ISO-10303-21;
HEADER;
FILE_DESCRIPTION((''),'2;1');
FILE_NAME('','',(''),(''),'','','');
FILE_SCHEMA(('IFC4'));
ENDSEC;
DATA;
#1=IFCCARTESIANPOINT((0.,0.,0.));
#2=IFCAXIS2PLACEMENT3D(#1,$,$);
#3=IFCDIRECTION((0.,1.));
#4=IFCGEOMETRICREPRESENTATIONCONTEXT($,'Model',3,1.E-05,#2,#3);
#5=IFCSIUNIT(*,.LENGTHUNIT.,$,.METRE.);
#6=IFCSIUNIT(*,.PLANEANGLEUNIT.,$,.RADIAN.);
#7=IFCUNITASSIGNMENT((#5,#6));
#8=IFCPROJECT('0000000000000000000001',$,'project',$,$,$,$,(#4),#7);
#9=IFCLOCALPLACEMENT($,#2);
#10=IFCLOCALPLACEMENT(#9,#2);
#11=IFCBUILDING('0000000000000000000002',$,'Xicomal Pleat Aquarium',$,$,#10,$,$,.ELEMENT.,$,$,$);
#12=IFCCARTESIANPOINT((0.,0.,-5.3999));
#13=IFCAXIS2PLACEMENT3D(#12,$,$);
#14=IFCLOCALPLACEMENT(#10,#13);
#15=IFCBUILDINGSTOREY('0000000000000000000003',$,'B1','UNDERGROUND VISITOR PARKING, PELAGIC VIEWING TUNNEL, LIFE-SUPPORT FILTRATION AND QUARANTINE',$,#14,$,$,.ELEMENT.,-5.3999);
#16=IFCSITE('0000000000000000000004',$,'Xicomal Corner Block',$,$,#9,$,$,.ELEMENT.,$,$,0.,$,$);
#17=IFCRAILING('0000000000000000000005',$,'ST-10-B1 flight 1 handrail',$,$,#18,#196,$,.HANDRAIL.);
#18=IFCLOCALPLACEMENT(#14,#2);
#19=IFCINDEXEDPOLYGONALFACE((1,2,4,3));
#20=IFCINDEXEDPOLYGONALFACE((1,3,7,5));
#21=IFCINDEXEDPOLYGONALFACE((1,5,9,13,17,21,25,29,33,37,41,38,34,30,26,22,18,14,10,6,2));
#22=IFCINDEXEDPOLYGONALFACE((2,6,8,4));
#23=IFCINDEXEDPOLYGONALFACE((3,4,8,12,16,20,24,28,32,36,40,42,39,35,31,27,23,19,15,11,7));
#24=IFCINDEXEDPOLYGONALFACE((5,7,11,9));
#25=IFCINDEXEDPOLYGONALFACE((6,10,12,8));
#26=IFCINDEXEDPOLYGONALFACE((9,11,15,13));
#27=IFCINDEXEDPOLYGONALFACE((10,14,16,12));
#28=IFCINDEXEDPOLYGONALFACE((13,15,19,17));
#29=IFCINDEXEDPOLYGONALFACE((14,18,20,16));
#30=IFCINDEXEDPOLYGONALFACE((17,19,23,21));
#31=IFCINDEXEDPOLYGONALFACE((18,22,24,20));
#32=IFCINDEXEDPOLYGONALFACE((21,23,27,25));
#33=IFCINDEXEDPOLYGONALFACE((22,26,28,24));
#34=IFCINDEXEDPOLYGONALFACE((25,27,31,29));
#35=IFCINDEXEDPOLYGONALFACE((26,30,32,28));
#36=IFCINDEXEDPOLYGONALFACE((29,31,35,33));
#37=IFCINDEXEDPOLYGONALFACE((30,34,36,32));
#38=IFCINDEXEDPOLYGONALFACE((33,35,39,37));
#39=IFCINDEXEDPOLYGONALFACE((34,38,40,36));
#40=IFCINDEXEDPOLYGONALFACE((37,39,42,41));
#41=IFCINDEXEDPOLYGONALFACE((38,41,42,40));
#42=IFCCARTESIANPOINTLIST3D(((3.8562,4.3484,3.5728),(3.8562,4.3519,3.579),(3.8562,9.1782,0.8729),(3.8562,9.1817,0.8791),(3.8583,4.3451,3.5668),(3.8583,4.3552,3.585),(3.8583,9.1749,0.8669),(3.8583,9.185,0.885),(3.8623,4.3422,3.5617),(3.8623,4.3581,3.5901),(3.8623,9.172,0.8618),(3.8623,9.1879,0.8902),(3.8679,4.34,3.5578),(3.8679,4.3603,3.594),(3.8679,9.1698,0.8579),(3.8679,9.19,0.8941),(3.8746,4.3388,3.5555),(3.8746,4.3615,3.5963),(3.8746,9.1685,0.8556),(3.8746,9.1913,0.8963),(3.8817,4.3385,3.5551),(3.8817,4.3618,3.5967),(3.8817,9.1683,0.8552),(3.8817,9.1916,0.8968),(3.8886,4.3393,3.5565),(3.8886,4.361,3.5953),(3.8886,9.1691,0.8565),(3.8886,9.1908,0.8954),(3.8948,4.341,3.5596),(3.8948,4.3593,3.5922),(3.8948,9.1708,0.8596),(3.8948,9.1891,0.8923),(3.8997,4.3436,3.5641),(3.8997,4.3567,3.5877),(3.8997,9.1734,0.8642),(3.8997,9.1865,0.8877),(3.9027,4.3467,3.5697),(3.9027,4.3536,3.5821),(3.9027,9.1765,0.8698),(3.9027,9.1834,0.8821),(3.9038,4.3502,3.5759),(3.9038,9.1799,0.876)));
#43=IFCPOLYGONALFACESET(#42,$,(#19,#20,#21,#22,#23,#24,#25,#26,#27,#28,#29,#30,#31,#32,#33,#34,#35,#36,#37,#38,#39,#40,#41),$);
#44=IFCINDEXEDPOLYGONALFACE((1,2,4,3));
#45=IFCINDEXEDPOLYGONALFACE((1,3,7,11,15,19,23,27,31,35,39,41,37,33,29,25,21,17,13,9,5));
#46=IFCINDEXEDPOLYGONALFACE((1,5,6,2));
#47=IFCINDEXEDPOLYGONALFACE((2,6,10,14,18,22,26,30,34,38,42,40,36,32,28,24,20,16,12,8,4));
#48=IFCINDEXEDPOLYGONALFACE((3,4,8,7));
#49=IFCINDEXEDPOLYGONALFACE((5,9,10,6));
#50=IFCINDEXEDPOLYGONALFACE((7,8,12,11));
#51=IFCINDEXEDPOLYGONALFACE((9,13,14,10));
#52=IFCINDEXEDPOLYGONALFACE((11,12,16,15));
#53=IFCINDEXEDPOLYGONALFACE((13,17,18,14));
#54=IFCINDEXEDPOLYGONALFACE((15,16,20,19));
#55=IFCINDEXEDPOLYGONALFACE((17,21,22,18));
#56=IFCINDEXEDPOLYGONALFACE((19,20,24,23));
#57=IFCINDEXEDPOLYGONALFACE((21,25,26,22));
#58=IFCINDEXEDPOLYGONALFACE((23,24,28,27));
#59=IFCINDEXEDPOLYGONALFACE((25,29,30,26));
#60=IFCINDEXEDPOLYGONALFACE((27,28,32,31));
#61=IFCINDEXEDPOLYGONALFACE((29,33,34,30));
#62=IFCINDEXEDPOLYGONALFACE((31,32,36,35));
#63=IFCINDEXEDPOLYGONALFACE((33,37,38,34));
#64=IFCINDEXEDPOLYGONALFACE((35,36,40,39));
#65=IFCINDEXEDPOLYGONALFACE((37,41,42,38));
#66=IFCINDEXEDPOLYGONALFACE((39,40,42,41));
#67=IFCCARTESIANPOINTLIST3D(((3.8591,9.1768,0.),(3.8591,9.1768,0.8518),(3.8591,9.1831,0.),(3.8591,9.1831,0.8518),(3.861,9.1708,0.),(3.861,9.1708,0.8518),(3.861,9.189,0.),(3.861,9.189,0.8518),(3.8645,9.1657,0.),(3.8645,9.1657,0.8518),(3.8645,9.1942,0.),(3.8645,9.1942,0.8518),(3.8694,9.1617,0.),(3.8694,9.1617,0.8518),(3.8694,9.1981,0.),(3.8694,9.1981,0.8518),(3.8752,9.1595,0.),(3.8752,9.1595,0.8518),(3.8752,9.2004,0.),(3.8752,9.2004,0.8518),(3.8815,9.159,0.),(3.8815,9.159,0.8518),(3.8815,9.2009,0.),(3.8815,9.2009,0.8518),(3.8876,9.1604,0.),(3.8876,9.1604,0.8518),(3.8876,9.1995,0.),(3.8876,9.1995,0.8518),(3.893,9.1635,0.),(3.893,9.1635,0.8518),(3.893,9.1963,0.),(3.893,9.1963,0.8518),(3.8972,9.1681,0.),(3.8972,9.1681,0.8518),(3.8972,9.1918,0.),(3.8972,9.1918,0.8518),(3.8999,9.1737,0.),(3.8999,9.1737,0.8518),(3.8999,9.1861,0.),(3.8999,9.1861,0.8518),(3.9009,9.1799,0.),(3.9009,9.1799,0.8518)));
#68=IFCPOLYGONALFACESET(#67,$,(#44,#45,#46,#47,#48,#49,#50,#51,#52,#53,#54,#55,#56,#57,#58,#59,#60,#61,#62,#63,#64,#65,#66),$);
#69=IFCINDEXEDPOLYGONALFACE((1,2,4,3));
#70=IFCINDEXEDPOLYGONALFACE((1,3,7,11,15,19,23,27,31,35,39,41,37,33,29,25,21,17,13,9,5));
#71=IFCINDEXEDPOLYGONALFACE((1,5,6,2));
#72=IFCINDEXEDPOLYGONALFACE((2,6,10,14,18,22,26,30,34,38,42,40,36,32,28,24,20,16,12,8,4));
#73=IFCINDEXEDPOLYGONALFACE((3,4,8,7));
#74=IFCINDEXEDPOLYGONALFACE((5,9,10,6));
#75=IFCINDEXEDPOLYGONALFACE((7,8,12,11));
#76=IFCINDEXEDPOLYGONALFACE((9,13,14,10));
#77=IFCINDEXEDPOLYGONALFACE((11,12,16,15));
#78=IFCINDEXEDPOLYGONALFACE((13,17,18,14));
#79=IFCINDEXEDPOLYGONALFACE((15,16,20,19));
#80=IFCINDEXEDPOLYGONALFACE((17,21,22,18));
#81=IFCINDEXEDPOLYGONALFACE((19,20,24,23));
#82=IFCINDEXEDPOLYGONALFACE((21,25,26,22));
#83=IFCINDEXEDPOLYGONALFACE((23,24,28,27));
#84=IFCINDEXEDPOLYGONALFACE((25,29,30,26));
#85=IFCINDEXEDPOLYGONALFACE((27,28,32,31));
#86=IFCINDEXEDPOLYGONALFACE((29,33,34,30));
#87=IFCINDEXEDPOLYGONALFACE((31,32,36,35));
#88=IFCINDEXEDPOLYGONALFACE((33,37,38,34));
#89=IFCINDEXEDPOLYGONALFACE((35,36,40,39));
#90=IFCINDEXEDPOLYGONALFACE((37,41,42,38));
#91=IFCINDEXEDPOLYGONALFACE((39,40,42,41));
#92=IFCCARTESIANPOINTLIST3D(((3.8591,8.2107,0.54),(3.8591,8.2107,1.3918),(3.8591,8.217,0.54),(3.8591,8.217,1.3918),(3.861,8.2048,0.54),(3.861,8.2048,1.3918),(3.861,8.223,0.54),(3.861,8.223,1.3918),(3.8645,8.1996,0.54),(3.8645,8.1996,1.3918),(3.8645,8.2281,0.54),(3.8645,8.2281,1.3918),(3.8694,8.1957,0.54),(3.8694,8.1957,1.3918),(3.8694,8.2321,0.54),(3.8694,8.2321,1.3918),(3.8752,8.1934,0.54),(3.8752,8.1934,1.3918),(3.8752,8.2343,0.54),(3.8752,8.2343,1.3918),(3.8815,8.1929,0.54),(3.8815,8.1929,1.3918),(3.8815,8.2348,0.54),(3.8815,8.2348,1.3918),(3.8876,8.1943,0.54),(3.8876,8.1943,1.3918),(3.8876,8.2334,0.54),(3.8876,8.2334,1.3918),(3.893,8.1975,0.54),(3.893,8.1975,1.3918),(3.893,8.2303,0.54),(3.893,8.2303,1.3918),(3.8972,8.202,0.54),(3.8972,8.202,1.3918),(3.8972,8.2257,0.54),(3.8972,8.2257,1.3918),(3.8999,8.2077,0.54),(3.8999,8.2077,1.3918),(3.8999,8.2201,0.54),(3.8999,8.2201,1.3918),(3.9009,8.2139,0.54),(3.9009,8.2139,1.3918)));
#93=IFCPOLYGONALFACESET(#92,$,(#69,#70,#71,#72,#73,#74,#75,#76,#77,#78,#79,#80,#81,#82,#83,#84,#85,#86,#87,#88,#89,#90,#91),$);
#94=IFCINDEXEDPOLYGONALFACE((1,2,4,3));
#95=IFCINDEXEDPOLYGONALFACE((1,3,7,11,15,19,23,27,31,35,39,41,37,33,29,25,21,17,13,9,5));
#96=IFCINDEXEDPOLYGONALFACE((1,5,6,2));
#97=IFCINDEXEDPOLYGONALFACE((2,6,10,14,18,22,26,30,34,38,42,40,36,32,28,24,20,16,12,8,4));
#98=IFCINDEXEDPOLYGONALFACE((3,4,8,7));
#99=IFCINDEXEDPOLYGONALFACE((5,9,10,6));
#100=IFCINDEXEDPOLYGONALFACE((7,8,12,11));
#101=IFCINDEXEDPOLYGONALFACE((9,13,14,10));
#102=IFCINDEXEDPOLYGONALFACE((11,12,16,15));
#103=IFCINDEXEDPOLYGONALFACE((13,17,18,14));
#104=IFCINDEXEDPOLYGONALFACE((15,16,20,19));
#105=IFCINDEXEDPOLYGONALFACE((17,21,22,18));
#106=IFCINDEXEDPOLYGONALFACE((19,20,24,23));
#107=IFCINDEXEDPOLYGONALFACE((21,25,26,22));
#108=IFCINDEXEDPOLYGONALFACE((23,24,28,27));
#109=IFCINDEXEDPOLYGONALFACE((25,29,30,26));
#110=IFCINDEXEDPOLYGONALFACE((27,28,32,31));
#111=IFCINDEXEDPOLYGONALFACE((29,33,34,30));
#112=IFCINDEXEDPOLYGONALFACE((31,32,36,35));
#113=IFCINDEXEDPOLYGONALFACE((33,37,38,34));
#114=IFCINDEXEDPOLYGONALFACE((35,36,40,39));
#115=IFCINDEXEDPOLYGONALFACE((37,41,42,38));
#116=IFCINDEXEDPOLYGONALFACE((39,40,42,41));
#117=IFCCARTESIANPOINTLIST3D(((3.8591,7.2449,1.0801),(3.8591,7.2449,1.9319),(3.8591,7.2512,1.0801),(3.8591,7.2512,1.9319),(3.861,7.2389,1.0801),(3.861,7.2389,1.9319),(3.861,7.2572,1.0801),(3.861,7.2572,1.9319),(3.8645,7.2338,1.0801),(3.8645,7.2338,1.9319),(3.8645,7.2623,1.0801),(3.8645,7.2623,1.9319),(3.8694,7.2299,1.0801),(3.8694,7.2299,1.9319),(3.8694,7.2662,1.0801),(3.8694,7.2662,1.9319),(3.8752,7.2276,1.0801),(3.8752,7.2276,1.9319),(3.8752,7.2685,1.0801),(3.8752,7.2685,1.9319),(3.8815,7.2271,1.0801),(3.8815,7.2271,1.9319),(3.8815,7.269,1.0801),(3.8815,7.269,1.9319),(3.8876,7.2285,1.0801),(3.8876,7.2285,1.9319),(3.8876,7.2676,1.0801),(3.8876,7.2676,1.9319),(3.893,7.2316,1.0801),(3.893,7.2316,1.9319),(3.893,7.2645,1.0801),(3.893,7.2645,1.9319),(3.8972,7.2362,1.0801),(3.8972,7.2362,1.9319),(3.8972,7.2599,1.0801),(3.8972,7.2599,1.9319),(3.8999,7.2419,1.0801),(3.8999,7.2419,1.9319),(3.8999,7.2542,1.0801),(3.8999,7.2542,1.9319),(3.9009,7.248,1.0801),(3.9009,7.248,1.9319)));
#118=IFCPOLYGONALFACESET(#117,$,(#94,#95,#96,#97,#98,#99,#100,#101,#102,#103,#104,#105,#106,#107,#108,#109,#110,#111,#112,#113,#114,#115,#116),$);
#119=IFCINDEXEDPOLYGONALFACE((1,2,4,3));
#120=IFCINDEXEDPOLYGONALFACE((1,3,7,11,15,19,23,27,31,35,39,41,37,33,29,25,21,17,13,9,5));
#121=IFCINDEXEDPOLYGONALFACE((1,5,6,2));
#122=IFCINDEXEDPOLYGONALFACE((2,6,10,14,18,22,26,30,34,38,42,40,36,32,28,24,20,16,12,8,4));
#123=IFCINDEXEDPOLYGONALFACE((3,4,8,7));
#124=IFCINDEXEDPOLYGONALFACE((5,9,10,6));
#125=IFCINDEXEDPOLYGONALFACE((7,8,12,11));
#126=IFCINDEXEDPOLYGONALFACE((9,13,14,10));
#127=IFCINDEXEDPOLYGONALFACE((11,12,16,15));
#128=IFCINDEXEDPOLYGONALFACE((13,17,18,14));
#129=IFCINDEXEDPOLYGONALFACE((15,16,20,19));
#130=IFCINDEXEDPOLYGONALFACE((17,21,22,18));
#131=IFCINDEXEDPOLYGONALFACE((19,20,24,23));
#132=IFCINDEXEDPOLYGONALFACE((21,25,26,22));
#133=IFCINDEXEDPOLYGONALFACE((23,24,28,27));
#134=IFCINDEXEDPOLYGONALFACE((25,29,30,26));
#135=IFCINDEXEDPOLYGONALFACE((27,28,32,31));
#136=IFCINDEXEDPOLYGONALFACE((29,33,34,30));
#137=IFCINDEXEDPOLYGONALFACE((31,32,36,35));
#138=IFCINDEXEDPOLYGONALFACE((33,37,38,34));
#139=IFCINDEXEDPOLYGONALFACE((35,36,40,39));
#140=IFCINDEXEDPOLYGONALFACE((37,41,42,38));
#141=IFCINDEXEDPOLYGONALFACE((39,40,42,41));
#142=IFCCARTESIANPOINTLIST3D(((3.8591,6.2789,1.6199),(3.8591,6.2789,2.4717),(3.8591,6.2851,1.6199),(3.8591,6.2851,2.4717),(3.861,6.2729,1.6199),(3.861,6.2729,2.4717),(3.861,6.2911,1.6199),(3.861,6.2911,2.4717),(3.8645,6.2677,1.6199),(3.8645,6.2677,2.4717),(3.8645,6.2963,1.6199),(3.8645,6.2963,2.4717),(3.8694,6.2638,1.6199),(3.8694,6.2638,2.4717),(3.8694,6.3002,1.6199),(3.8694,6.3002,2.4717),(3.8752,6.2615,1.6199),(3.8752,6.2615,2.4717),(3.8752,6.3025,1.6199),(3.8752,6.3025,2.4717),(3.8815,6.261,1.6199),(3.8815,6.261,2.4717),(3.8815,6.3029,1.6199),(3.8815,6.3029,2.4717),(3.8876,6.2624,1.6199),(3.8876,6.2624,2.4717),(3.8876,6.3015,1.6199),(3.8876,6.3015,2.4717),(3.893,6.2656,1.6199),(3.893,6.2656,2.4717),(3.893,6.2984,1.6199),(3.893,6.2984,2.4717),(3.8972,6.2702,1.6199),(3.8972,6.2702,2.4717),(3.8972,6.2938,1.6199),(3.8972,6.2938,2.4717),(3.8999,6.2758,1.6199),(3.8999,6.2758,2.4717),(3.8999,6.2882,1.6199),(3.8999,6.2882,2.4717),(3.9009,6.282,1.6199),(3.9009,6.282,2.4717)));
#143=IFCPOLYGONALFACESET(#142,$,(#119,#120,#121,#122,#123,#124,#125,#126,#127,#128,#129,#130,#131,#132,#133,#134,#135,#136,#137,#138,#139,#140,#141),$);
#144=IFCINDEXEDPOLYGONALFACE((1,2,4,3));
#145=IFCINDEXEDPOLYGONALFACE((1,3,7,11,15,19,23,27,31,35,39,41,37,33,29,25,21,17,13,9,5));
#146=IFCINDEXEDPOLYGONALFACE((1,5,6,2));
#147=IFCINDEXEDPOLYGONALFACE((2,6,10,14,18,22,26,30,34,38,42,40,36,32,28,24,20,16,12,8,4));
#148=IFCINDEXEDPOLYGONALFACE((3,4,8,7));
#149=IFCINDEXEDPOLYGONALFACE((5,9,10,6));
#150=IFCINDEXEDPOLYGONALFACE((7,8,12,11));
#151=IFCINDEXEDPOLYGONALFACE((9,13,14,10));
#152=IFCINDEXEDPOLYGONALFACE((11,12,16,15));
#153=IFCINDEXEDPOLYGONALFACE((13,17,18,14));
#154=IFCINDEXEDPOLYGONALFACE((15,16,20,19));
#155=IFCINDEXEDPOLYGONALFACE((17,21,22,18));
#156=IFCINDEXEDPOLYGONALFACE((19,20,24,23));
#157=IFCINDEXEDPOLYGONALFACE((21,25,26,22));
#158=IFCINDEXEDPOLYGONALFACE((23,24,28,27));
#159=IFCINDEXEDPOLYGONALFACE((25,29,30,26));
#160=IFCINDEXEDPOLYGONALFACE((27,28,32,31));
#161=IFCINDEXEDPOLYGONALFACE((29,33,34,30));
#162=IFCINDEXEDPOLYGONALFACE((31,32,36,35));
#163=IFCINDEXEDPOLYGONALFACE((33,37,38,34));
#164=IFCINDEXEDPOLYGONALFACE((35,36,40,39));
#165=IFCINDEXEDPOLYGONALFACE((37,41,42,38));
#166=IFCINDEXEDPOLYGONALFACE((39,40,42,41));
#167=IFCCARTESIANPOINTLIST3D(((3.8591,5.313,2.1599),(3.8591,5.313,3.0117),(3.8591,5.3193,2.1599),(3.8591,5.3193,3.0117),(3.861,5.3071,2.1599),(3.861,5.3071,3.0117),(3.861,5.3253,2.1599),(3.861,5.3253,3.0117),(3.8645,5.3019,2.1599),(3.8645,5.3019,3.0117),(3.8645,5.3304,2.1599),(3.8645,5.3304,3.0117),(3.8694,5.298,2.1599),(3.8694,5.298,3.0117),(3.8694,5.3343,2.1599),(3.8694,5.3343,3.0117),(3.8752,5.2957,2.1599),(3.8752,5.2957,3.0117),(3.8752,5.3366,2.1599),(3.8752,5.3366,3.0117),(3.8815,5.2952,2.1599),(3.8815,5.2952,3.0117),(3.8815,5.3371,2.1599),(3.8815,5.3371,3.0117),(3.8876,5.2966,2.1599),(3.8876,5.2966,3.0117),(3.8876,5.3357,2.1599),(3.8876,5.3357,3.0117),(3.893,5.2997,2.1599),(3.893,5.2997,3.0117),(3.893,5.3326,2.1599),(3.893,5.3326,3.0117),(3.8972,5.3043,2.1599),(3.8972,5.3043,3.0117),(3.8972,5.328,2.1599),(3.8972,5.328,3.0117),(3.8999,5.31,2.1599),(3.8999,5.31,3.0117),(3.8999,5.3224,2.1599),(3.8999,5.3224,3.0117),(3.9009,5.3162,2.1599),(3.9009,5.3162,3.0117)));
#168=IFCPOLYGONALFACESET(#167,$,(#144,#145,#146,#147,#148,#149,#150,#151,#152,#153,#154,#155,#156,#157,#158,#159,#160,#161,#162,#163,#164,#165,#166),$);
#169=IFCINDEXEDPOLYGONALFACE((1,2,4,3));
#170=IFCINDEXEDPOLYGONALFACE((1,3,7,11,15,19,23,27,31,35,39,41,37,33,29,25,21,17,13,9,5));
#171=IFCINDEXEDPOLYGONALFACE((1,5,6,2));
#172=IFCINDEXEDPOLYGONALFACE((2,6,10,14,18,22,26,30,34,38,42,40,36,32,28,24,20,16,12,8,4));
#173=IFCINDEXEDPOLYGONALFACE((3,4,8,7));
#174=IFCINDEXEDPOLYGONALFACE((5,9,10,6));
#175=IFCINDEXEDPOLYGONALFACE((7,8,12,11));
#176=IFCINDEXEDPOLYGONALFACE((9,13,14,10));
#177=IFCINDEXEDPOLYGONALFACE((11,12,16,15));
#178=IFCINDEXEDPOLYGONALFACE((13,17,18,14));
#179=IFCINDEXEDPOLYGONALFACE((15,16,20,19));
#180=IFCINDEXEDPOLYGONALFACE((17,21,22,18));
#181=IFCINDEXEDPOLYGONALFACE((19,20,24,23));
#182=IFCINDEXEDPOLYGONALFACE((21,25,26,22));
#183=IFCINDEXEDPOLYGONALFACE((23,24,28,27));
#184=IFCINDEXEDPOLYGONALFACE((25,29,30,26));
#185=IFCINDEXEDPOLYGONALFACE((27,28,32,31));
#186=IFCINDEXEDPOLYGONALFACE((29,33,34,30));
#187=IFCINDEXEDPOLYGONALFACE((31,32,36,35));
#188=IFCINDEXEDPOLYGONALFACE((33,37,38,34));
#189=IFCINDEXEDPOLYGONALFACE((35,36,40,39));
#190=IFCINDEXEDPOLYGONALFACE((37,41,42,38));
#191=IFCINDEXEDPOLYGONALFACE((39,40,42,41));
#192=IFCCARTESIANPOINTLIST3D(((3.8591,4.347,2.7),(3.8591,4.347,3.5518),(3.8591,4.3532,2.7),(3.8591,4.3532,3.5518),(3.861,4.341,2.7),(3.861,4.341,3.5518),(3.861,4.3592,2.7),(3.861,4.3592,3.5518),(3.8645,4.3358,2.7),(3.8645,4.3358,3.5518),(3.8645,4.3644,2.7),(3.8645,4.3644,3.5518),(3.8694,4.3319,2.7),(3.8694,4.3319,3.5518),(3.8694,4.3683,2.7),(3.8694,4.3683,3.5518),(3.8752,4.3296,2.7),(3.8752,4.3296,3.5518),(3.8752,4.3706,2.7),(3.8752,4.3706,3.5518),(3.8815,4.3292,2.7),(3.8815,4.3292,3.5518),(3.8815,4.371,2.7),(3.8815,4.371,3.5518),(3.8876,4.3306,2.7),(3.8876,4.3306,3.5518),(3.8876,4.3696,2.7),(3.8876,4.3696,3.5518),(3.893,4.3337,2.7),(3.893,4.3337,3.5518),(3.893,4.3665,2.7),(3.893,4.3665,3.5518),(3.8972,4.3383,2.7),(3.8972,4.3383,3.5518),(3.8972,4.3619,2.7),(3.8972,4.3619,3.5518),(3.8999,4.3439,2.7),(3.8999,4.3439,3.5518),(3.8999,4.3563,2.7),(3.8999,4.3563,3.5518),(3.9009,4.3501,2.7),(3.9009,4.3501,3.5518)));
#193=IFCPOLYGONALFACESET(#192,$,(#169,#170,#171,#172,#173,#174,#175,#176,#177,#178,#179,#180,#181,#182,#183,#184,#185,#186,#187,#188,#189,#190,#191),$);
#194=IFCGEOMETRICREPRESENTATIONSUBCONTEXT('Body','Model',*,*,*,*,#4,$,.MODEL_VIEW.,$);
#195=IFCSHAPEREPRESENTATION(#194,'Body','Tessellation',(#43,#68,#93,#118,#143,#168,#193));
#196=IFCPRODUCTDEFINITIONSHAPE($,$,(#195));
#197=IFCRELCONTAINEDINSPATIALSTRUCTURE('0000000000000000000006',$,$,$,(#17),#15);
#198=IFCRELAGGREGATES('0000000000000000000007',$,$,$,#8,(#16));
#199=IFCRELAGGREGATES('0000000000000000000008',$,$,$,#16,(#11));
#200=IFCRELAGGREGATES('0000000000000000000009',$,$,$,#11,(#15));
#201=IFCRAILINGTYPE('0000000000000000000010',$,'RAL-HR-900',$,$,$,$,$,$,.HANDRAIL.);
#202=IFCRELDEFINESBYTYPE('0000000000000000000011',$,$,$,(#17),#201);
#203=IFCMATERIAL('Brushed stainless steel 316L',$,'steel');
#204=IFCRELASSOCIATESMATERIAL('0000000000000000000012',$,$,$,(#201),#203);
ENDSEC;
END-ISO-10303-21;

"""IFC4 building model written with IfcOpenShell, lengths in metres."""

from ifc_helpers import new_model, si_unit, direction, frame, origin, origin_2d, place, context, subcontext, project, spatial, circle, extrude, material, type_object, element, save


model = new_model("IFC4")

# Units and contexts
model_context = context("Model", 3, precision=1e-05, world=origin(), true_north=direction((0.0, 1.0)))
body_context = subcontext(model_context, "Body", "Model", "MODEL_VIEW")
ifc_project = project(units=[si_unit("LENGTHUNIT", "METRE"), si_unit("PLANEANGLEUNIT", "RADIAN")], contexts=[model_context])

# Site, building, storey
site_placement = place(None, origin())
site = spatial("IfcSite", under=ifc_project, at=site_placement, Name="Xicomal Corner Block", CompositionType="ELEMENT", RefElevation=0.0)
building_placement = place(site_placement, origin())
building = spatial("IfcBuilding", under=site, at=building_placement, Name="Xicomal Pleat Aquarium", CompositionType="ELEMENT")
storey_placement = place(building_placement, frame((0.0, 0.0, -5.3999)))
storey = spatial("IfcBuildingStorey", under=building, at=storey_placement, Name="B1", Description="UNDERGROUND VISITOR PARKING, PELAGIC VIEWING TUNNEL, LIFE-SUPPORT FILTRATION AND QUARANTINE", CompositionType="ELEMENT", Elevation=-5.3999)

# Railing
ifc_material_1 = material(Name="Brushed stainless steel 316L", Category="steel")
railing_type_1 = type_object("IfcRailingType", Name="RAL-HR-900", PredefinedType="HANDRAIL", material=ifc_material_1)
railing_1_placement = place(storey_placement, frame((3.8799, 9.1799, 0.0)))
element("IfcRailing", 1, at=railing_1_placement, inside=storey, type_object=railing_type_1, Name="ST-10-B1 flight 1 handrail", PredefinedType="HANDRAIL", context=body_context, shape_type="SweptSolid", body=[
    extrude(circle(Radius=0.0239, at=origin_2d()), frame((0.0, 0.0, 0.876), z_axis=(0.0, -0.872872, 0.487949), x_axis=(1.0, 0.0, 0.0)), (0.0, 0.0, 1.0), 5.5332),
    extrude(circle(Radius=0.021, at=origin_2d()), origin(), (0.0, 0.0, 1.0), 0.8518),
    extrude(circle(Radius=0.021, at=origin_2d()), frame((0.0, -0.9661, 0.54)), (0.0, 0.0, 1.0), 0.8518),
    extrude(circle(Radius=0.021, at=origin_2d()), frame((0.0, -1.9319, 1.0801)), (0.0, 0.0, 1.0), 0.8518),
    extrude(circle(Radius=0.021, at=origin_2d()), frame((0.0, -2.8979, 1.6199)), (0.0, 0.0, 1.0), 0.8518),
    extrude(circle(Radius=0.021, at=origin_2d()), frame((0.0, -3.8638, 2.1599)), (0.0, 0.0, 1.0), 0.8518),
    extrude(circle(Radius=0.021, at=origin_2d()), frame((0.0, -4.8298, 2.7)), (0.0, 0.0, 1.0), 0.8518),
])

save(model, "model.ifc")
